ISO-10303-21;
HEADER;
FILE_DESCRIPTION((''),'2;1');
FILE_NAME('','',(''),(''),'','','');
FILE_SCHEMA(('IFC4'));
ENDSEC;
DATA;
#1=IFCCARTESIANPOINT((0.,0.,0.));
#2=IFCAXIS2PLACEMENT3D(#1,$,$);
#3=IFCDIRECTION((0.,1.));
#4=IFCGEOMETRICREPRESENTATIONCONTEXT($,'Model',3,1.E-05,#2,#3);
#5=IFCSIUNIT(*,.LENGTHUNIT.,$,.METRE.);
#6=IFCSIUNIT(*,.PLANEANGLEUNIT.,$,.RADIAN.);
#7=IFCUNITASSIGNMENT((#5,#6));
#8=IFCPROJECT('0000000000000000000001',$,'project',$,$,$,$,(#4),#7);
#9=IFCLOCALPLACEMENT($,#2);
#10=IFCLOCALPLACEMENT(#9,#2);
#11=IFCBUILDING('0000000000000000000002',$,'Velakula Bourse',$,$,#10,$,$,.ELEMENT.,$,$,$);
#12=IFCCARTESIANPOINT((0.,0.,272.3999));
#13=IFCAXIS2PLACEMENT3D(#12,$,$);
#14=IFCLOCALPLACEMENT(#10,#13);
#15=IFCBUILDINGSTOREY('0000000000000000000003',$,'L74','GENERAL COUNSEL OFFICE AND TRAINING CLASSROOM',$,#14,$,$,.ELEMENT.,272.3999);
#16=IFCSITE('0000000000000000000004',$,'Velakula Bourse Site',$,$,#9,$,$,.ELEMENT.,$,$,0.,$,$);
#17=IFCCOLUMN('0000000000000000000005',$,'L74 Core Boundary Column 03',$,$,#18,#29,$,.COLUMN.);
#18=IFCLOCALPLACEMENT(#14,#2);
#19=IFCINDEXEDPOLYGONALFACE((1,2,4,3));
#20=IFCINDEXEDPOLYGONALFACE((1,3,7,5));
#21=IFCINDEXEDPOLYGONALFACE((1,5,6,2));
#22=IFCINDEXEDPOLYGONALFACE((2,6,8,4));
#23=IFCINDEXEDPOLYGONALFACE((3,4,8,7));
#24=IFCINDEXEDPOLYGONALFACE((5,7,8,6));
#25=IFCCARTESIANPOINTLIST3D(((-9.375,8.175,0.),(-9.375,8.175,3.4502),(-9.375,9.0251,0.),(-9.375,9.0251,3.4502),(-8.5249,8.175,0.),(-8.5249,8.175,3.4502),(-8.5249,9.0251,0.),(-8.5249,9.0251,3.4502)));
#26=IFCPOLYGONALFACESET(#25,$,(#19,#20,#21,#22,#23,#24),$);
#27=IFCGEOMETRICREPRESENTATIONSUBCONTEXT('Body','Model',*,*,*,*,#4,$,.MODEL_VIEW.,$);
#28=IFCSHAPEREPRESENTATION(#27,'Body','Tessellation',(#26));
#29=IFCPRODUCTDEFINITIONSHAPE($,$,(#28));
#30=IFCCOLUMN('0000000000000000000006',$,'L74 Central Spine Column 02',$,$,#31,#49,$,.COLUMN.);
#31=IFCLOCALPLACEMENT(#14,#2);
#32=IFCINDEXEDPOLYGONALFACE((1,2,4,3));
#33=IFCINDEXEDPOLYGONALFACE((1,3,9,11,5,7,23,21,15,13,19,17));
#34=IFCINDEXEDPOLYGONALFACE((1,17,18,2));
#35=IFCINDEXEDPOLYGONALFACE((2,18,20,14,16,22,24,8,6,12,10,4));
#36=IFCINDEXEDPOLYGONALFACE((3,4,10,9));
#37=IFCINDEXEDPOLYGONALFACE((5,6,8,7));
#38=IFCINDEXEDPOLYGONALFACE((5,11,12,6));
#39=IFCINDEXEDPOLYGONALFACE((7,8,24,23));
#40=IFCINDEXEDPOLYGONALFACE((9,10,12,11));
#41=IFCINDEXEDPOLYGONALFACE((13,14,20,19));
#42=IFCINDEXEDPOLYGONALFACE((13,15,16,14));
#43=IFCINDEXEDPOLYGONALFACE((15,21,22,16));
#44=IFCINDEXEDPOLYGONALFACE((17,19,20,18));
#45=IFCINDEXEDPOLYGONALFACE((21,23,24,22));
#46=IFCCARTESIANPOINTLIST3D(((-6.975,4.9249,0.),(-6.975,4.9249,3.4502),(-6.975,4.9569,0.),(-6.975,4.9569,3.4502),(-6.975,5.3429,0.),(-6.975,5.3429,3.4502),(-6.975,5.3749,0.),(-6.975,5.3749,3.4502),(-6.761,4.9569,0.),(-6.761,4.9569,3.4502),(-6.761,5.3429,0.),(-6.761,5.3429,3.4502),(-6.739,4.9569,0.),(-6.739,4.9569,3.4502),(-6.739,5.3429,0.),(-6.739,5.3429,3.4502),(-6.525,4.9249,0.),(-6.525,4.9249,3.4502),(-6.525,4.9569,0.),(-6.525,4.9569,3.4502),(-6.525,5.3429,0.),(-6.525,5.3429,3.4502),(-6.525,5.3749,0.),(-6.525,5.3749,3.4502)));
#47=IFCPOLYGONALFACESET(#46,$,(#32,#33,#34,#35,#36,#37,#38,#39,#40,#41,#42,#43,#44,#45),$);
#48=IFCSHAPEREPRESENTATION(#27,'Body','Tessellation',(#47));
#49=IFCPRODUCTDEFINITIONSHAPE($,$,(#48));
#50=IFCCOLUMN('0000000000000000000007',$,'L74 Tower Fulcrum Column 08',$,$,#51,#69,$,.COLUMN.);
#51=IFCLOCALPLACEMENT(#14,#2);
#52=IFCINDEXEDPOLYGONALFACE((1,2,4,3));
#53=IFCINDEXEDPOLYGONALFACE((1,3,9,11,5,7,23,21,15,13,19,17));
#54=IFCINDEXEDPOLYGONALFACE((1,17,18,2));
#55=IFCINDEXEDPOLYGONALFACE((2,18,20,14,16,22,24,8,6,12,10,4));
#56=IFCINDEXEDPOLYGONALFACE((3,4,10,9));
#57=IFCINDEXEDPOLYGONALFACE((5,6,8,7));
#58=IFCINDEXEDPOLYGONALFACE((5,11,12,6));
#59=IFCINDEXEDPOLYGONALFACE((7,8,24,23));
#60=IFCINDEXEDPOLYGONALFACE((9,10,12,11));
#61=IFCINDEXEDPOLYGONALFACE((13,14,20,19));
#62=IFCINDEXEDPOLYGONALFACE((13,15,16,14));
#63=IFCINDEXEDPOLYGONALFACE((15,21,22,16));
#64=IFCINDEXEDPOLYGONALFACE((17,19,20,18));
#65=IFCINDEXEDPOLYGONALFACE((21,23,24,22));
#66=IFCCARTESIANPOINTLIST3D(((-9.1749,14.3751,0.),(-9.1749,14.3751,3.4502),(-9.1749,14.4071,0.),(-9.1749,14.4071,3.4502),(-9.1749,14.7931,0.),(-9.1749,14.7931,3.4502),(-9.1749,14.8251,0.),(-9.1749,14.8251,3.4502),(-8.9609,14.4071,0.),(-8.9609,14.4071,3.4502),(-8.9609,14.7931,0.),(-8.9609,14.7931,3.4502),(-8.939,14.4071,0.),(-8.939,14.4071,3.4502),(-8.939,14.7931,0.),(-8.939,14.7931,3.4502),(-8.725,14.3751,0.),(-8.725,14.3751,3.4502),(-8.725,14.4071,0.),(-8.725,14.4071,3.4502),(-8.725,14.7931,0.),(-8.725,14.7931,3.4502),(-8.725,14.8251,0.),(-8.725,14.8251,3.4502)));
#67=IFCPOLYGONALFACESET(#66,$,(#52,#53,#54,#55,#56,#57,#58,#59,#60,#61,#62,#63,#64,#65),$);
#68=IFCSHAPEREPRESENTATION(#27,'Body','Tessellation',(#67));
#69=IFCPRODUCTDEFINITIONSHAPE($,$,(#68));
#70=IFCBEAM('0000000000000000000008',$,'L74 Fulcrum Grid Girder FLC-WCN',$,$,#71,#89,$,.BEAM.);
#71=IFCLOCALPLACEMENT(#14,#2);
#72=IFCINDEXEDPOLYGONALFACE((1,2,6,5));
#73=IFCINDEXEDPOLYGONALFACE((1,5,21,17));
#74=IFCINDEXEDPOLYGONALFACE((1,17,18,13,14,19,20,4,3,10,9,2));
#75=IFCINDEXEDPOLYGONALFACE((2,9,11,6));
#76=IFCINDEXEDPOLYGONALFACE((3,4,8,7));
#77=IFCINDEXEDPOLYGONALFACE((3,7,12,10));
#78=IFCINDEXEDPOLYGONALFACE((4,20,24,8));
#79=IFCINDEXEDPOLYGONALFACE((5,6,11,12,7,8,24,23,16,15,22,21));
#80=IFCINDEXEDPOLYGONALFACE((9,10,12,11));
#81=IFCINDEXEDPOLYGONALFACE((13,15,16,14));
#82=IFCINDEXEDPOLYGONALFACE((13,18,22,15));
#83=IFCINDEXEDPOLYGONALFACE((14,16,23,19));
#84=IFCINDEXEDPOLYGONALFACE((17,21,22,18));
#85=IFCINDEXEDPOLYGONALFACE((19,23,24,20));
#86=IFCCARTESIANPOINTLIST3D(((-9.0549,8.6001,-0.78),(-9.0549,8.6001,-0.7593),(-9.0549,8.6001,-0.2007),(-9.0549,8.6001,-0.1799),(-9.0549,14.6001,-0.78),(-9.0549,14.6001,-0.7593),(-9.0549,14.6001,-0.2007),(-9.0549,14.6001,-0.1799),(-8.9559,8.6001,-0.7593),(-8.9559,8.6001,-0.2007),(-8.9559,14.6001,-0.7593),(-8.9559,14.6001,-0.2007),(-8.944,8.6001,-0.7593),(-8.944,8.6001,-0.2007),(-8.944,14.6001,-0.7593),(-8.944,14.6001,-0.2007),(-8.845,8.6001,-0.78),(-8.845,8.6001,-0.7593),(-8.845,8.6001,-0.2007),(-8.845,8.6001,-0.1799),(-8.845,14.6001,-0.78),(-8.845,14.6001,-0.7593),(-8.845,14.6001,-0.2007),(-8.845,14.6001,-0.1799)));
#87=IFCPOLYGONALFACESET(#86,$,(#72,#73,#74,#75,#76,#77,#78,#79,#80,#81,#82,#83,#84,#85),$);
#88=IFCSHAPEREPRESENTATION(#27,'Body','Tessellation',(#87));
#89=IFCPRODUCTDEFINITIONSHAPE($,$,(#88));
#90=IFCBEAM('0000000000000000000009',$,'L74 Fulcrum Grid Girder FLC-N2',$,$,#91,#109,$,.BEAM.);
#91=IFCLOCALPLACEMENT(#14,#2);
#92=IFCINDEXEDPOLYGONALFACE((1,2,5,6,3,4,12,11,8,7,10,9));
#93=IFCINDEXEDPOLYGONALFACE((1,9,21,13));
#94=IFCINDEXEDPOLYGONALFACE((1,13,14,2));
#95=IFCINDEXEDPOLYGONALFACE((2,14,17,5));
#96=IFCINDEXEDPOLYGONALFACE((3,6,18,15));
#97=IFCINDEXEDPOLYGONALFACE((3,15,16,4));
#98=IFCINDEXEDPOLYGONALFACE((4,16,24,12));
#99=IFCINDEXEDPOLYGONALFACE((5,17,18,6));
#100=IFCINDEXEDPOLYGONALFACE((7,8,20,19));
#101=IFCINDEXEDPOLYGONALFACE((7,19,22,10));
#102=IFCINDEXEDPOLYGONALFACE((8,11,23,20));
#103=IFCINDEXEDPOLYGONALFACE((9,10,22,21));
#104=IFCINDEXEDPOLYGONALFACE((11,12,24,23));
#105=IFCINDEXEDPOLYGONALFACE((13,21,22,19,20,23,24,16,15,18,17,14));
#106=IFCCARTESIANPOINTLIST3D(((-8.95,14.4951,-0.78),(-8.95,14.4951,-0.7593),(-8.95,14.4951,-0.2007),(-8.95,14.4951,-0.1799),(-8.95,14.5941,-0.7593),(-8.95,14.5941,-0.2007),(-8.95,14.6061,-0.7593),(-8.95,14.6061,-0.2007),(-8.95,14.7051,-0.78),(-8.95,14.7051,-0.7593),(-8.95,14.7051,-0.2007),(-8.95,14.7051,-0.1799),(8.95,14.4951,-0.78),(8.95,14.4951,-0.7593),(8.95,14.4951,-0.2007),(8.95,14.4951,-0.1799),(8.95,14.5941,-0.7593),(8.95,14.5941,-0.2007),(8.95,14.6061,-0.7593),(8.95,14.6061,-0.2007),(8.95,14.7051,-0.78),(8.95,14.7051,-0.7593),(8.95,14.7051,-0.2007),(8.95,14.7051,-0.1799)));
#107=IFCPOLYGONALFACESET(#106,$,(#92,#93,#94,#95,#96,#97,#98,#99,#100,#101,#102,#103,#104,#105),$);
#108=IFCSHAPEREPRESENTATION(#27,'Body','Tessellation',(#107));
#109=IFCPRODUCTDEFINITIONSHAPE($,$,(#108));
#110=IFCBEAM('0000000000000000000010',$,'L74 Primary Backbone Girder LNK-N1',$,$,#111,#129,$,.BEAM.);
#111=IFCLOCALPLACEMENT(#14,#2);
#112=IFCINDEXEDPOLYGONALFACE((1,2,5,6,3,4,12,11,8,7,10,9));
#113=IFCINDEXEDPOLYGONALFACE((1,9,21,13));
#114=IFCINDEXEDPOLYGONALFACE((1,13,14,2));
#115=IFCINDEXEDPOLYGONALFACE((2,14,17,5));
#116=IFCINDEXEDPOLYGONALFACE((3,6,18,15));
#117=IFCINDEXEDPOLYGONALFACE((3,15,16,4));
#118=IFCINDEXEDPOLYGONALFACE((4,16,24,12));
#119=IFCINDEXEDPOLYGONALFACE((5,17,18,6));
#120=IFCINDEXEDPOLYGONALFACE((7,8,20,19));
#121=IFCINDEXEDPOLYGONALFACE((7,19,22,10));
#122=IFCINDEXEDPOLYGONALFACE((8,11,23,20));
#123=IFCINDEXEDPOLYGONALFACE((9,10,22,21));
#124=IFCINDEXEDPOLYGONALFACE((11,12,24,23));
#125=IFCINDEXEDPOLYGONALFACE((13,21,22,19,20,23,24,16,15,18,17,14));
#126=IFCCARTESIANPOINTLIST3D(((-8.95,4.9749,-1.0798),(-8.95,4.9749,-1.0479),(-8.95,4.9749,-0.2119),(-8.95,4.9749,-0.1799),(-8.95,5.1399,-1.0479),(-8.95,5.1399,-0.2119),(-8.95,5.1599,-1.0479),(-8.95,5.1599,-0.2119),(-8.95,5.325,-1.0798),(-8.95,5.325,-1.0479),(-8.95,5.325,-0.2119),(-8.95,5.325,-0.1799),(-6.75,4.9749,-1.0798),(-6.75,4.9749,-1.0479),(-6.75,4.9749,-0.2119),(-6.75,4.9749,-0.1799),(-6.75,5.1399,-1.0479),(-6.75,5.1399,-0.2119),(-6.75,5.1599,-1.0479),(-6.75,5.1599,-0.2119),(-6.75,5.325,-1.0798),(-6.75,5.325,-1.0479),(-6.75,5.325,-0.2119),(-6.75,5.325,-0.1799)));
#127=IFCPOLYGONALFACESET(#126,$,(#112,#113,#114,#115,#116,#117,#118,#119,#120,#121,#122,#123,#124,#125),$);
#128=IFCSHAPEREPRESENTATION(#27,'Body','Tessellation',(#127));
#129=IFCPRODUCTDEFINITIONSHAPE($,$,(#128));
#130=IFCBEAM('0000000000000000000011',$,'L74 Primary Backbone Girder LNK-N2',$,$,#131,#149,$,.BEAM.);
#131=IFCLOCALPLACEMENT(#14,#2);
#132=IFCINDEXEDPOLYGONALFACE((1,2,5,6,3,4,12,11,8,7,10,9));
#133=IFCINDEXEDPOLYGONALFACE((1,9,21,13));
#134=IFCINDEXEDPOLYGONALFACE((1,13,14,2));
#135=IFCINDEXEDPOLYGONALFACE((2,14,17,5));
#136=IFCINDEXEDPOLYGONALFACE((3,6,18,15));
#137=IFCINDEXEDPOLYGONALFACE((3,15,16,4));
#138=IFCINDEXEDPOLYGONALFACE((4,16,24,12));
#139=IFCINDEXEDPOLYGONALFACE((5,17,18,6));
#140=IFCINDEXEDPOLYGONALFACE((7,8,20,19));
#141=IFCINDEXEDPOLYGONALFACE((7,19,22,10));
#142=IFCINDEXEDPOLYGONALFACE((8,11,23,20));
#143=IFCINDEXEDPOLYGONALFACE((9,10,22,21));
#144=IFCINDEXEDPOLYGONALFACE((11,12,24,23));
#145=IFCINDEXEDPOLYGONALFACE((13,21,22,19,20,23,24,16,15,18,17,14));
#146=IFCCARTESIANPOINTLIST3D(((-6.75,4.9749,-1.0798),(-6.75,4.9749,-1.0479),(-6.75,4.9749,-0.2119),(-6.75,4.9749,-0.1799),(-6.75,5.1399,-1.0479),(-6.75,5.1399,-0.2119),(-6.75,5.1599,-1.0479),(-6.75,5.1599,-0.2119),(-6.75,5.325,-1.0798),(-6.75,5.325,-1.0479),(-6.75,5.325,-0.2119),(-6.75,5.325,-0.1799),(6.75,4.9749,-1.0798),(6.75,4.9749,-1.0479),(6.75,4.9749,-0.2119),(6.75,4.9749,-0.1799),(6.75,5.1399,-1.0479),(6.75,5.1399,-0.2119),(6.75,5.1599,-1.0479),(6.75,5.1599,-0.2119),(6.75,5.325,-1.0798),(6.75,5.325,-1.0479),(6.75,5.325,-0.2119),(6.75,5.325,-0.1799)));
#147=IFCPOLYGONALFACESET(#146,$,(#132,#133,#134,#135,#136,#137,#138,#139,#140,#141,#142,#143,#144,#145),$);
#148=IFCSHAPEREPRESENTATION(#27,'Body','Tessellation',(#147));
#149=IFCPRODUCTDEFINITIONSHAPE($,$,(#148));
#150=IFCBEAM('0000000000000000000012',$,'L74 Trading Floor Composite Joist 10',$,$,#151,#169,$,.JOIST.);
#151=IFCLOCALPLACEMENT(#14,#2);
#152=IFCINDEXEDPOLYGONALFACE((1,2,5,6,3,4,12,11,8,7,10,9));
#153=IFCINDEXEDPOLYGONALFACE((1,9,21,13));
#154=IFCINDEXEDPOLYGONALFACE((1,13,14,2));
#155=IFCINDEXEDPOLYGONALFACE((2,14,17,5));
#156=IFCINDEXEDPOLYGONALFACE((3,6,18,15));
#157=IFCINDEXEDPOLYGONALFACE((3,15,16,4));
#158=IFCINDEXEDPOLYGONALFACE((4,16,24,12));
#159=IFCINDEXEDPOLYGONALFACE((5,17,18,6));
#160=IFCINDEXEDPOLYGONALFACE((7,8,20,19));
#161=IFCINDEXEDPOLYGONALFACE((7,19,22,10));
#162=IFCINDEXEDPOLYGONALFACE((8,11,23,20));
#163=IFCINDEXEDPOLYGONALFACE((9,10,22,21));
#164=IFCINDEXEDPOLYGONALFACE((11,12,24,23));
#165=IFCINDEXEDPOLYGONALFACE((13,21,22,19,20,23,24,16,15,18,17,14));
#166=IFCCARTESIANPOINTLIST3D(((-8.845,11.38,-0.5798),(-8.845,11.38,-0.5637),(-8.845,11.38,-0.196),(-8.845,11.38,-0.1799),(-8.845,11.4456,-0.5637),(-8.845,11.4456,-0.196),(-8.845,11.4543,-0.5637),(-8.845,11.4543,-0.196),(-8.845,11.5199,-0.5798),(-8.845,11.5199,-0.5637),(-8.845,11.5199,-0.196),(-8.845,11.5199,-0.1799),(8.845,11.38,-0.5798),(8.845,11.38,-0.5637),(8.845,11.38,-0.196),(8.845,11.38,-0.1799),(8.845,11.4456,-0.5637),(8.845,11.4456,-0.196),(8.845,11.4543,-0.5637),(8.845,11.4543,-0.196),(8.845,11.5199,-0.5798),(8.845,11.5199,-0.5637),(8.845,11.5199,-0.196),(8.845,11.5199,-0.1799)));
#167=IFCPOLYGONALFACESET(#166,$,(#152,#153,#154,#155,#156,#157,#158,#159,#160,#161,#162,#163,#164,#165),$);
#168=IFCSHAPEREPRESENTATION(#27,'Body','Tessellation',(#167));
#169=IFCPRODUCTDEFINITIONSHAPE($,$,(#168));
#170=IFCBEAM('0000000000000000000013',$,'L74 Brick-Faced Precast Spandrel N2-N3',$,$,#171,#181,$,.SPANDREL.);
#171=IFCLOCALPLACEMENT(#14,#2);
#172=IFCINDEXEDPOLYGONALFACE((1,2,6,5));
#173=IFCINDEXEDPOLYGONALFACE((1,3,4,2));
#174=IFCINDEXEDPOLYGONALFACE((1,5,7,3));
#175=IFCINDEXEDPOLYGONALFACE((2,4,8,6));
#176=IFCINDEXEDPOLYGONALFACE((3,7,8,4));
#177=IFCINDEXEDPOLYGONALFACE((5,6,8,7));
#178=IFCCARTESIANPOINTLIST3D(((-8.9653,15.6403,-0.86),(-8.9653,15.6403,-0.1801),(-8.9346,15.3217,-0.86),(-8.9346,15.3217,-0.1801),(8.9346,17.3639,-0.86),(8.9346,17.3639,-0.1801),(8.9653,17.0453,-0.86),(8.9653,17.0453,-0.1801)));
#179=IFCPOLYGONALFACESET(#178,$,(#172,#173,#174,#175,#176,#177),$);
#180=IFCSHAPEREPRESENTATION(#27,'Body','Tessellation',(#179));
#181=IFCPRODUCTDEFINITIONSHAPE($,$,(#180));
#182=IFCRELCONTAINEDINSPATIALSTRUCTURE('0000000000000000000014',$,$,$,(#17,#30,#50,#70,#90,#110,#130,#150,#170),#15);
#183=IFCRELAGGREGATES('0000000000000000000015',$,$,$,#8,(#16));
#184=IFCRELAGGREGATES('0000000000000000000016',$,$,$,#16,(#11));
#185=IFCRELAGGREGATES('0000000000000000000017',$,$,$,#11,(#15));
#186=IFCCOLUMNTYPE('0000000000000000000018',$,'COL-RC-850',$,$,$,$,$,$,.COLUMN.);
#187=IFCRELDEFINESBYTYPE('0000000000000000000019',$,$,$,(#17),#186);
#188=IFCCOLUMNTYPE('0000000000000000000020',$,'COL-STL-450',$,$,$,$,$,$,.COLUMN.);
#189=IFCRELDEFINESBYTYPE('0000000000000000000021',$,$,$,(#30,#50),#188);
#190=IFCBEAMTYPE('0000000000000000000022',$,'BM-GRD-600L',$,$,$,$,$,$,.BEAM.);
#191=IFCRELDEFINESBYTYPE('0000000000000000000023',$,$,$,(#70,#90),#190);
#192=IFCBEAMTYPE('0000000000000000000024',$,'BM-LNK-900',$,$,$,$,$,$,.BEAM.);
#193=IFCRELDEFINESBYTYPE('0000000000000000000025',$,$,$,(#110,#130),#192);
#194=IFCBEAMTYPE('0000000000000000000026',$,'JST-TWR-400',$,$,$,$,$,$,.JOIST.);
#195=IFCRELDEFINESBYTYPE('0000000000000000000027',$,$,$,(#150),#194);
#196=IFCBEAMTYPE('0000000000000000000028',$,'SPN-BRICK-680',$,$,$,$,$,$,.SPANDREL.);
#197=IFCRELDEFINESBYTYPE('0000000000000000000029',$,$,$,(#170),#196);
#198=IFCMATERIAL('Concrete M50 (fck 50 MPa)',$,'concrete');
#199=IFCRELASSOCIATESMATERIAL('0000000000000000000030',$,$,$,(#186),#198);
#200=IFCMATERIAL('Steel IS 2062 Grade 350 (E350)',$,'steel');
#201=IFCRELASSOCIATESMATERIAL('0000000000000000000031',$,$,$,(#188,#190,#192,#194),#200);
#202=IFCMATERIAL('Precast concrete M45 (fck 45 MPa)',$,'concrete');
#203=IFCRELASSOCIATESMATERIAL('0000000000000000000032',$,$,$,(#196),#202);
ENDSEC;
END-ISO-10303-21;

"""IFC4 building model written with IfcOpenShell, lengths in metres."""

from ifc_helpers import new_model, si_unit, direction, frame, origin, origin_2d, place, context, subcontext, project, spatial, rectangle, i_section, extrude, material, material_profile, profile_set, type_object, element, save


model = new_model("IFC4")

# Units and contexts
model_context = context("Model", 3, precision=1e-05, world=origin(), true_north=direction((0.0, 1.0)))
body_context = subcontext(model_context, "Body", "Model", "MODEL_VIEW")
ifc_project = project(units=[si_unit("LENGTHUNIT", "METRE"), si_unit("PLANEANGLEUNIT", "RADIAN")], contexts=[model_context])

# Site, building, storey
site_placement = place(None, origin())
site = spatial("IfcSite", under=ifc_project, at=site_placement, Name="Velakula Bourse Site", CompositionType="ELEMENT", RefElevation=0.0)
building_placement = place(site_placement, origin())
building = spatial("IfcBuilding", under=site, at=building_placement, Name="Velakula Bourse", CompositionType="ELEMENT")
storey_placement = place(building_placement, frame((0.0, 0.0, 272.3999)))
storey = spatial("IfcBuildingStorey", under=building, at=storey_placement, Name="L74", Description="GENERAL COUNSEL OFFICE AND TRAINING CLASSROOM", CompositionType="ELEMENT", Elevation=272.3999)

# Columns
ifc_material_1 = material(Name="Concrete M50 (fck 50 MPa)", Category="concrete")
ifc_material_profile_1 = material_profile(ifc_material_1, rectangle(XDim=0.8501, YDim=0.8501, at=origin_2d()), Name="Concrete M50 (fck 50 MPa)")
ifc_profile_set_1 = profile_set([ifc_material_profile_1], Name="Concrete M50 (fck 50 MPa)")
column_type_1 = type_object("IfcColumnType", Name="COL-RC-850", PredefinedType="COLUMN", material=ifc_profile_set_1)
column_placement = place(storey_placement, frame((-8.95, 8.6001, 0.0), z_axis=(0.0, 0.0, 1.0), x_axis=(1.0, 0.0, 0.0)))
element("IfcColumn", 1, at=column_placement, inside=storey, type_object=column_type_1, Name="L74 Core Boundary Column 03", PredefinedType="COLUMN", context=body_context, shape_type="SweptSolid", body=[
    extrude(rectangle(XDim=0.8501, YDim=0.8501, at=origin_2d()), origin(), (0.0, 0.0, 1.0), 3.4502),
])
ifc_material_2 = material(Name="Steel IS 2062 Grade 350 (E350)", Category="steel")
ifc_material_profile_2 = material_profile(ifc_material_2, i_section(OverallWidth=0.45, OverallDepth=0.45, WebThickness=0.022, FlangeThickness=0.032, at=origin_2d()), Name="Steel IS 2062 Grade 350 (E350)")
ifc_profile_set_2 = profile_set([ifc_material_profile_2], Name="Steel IS 2062 Grade 350 (E350)")
column_type_2 = type_object("IfcColumnType", Name="COL-STL-450", PredefinedType="COLUMN", material=ifc_profile_set_2)
for number, where, z_axis, x_axis, name in (
    (2, (-6.75, 5.1499, 0.0), (0.0, 0.0, 1.0), (1.0, 0.0, 0.0), "L74 Central Spine Column 02"),
    (3, (-8.95, 14.6001, 0.0), (0.0, 0.0, 1.0), (1.0, 0.0, 0.0), "L74 Tower Fulcrum Column 08"),
):
    element("IfcColumn", number, at=place(storey_placement, frame(where, z_axis=z_axis, x_axis=x_axis)), inside=storey, type_object=column_type_2, Name=name, PredefinedType="COLUMN", context=body_context, shape_type="SweptSolid", body=[
        extrude(i_section(OverallWidth=0.45, OverallDepth=0.45, WebThickness=0.022, FlangeThickness=0.032, at=origin_2d()), origin(), (0.0, 0.0, 1.0), 3.4502),
    ])

# Beams
ifc_material_profile_3 = material_profile(ifc_material_2, i_section(OverallWidth=0.21, OverallDepth=0.6001, WebThickness=0.012, FlangeThickness=0.0208, at=origin_2d()), Name="Steel IS 2062 Grade 350 (E350)")
ifc_profile_set_3 = profile_set([ifc_material_profile_3], Name="Steel IS 2062 Grade 350 (E350)")
beam_type_1 = type_object("IfcBeamType", Name="BM-GRD-600L", PredefinedType="BEAM", material=ifc_profile_set_3)
beam_1_placement = place(storey_placement, frame((-8.95, 8.6001, -0.48), z_axis=(0.0, 1.0, 0.0), x_axis=(-1.0, 0.0, 0.0)))
element("IfcBeam", 4, at=beam_1_placement, inside=storey, type_object=beam_type_1, Name="L74 Fulcrum Grid Girder FLC-WCN", PredefinedType="BEAM", context=body_context, shape_type="SweptSolid", body=[
    extrude(i_section(OverallWidth=0.21, OverallDepth=0.6001, WebThickness=0.012, FlangeThickness=0.0208, at=origin_2d()), origin(), (0.0, 0.0, 1.0), 6.0),
])
beam_2_placement = place(storey_placement, frame((-8.95, 14.6001, -0.48), z_axis=(1.0, 0.0, 0.0), x_axis=(0.0, 1.0, 0.0)))
element("IfcBeam", 5, at=beam_2_placement, inside=storey, type_object=beam_type_1, Name="L74 Fulcrum Grid Girder FLC-N2", PredefinedType="BEAM", context=body_context, shape_type="SweptSolid", body=[
    extrude(i_section(OverallWidth=0.21, OverallDepth=0.6001, WebThickness=0.012, FlangeThickness=0.0208, at=origin_2d()), origin(), (0.0, 0.0, 1.0), 17.8999),
])
ifc_material_profile_4 = material_profile(ifc_material_2, i_section(OverallWidth=0.3501, OverallDepth=0.8999, WebThickness=0.02, FlangeThickness=0.032, at=origin_2d()), Name="Steel IS 2062 Grade 350 (E350)")
ifc_profile_set_4 = profile_set([ifc_material_profile_4], Name="Steel IS 2062 Grade 350 (E350)")
beam_type_2 = type_object("IfcBeamType", Name="BM-LNK-900", PredefinedType="BEAM", material=ifc_profile_set_4)
beam_3_placement = place(storey_placement, frame((-8.95, 5.1499, -0.6299), z_axis=(1.0, 0.0, 0.0), x_axis=(0.0, 1.0, 0.0)))
element("IfcBeam", 6, at=beam_3_placement, inside=storey, type_object=beam_type_2, Name="L74 Primary Backbone Girder LNK-N1", PredefinedType="BEAM", context=body_context, shape_type="SweptSolid", body=[
    extrude(i_section(OverallWidth=0.3501, OverallDepth=0.8999, WebThickness=0.02, FlangeThickness=0.032, at=origin_2d()), origin(), (0.0, 0.0, 1.0), 2.2),
])
beam_4_placement = place(storey_placement, frame((-6.75, 5.1499, -0.6299), z_axis=(1.0, 0.0, 0.0), x_axis=(0.0, 1.0, 0.0)))
element("IfcBeam", 7, at=beam_4_placement, inside=storey, type_object=beam_type_2, Name="L74 Primary Backbone Girder LNK-N2", PredefinedType="BEAM", context=body_context, shape_type="SweptSolid", body=[
    extrude(i_section(OverallWidth=0.3501, OverallDepth=0.8999, WebThickness=0.02, FlangeThickness=0.032, at=origin_2d()), origin(), (0.0, 0.0, 1.0), 13.5),
])
ifc_material_profile_5 = material_profile(ifc_material_2, i_section(OverallWidth=0.1399, OverallDepth=0.3999, WebThickness=0.0088, FlangeThickness=0.0161, at=origin_2d()), Name="Steel IS 2062 Grade 350 (E350)")
ifc_profile_set_5 = profile_set([ifc_material_profile_5], Name="Steel IS 2062 Grade 350 (E350)")
beam_type_3 = type_object("IfcBeamType", Name="JST-TWR-400", PredefinedType="JOIST", material=ifc_profile_set_5)
beam_5_placement = place(storey_placement, frame((-8.845, 11.45, -0.3799), z_axis=(1.0, 0.0, 0.0), x_axis=(0.0, 1.0, 0.0)))
element("IfcBeam", 8, at=beam_5_placement, inside=storey, type_object=beam_type_3, Name="L74 Trading Floor Composite Joist 10", PredefinedType="JOIST", context=body_context, shape_type="SweptSolid", body=[
    extrude(i_section(OverallWidth=0.1399, OverallDepth=0.3999, WebThickness=0.0088, FlangeThickness=0.0161, at=origin_2d()), origin(), (0.0, 0.0, 1.0), 17.6899),
])
ifc_material_3 = material(Name="Precast concrete M45 (fck 45 MPa)", Category="concrete")
ifc_material_profile_6 = material_profile(ifc_material_3, rectangle(XDim=0.3201, YDim=0.6799, at=origin_2d()), Name="Precast concrete M45 (fck 45 MPa)")
ifc_profile_set_6 = profile_set([ifc_material_profile_6], Name="Precast concrete M45 (fck 45 MPa)")
beam_type_4 = type_object("IfcBeamType", Name="SPN-BRICK-680", PredefinedType="SPANDREL", material=ifc_profile_set_6)
beam_6_placement = place(storey_placement, frame((-8.95, 15.481, -0.52), z_axis=(0.995396, 0.09585, 0.0), x_axis=(-0.09585, 0.995396, 0.0)))
element("IfcBeam", 9, at=beam_6_placement, inside=storey, type_object=beam_type_4, Name="L74 Brick-Faced Precast Spandrel N2-N3", PredefinedType="SPANDREL", context=body_context, shape_type="SweptSolid", body=[
    extrude(rectangle(XDim=0.3201, YDim=0.6799, at=origin_2d()), origin(), (0.0, 0.0, 1.0), 17.9827),
])

save(model, "model.ifc")
